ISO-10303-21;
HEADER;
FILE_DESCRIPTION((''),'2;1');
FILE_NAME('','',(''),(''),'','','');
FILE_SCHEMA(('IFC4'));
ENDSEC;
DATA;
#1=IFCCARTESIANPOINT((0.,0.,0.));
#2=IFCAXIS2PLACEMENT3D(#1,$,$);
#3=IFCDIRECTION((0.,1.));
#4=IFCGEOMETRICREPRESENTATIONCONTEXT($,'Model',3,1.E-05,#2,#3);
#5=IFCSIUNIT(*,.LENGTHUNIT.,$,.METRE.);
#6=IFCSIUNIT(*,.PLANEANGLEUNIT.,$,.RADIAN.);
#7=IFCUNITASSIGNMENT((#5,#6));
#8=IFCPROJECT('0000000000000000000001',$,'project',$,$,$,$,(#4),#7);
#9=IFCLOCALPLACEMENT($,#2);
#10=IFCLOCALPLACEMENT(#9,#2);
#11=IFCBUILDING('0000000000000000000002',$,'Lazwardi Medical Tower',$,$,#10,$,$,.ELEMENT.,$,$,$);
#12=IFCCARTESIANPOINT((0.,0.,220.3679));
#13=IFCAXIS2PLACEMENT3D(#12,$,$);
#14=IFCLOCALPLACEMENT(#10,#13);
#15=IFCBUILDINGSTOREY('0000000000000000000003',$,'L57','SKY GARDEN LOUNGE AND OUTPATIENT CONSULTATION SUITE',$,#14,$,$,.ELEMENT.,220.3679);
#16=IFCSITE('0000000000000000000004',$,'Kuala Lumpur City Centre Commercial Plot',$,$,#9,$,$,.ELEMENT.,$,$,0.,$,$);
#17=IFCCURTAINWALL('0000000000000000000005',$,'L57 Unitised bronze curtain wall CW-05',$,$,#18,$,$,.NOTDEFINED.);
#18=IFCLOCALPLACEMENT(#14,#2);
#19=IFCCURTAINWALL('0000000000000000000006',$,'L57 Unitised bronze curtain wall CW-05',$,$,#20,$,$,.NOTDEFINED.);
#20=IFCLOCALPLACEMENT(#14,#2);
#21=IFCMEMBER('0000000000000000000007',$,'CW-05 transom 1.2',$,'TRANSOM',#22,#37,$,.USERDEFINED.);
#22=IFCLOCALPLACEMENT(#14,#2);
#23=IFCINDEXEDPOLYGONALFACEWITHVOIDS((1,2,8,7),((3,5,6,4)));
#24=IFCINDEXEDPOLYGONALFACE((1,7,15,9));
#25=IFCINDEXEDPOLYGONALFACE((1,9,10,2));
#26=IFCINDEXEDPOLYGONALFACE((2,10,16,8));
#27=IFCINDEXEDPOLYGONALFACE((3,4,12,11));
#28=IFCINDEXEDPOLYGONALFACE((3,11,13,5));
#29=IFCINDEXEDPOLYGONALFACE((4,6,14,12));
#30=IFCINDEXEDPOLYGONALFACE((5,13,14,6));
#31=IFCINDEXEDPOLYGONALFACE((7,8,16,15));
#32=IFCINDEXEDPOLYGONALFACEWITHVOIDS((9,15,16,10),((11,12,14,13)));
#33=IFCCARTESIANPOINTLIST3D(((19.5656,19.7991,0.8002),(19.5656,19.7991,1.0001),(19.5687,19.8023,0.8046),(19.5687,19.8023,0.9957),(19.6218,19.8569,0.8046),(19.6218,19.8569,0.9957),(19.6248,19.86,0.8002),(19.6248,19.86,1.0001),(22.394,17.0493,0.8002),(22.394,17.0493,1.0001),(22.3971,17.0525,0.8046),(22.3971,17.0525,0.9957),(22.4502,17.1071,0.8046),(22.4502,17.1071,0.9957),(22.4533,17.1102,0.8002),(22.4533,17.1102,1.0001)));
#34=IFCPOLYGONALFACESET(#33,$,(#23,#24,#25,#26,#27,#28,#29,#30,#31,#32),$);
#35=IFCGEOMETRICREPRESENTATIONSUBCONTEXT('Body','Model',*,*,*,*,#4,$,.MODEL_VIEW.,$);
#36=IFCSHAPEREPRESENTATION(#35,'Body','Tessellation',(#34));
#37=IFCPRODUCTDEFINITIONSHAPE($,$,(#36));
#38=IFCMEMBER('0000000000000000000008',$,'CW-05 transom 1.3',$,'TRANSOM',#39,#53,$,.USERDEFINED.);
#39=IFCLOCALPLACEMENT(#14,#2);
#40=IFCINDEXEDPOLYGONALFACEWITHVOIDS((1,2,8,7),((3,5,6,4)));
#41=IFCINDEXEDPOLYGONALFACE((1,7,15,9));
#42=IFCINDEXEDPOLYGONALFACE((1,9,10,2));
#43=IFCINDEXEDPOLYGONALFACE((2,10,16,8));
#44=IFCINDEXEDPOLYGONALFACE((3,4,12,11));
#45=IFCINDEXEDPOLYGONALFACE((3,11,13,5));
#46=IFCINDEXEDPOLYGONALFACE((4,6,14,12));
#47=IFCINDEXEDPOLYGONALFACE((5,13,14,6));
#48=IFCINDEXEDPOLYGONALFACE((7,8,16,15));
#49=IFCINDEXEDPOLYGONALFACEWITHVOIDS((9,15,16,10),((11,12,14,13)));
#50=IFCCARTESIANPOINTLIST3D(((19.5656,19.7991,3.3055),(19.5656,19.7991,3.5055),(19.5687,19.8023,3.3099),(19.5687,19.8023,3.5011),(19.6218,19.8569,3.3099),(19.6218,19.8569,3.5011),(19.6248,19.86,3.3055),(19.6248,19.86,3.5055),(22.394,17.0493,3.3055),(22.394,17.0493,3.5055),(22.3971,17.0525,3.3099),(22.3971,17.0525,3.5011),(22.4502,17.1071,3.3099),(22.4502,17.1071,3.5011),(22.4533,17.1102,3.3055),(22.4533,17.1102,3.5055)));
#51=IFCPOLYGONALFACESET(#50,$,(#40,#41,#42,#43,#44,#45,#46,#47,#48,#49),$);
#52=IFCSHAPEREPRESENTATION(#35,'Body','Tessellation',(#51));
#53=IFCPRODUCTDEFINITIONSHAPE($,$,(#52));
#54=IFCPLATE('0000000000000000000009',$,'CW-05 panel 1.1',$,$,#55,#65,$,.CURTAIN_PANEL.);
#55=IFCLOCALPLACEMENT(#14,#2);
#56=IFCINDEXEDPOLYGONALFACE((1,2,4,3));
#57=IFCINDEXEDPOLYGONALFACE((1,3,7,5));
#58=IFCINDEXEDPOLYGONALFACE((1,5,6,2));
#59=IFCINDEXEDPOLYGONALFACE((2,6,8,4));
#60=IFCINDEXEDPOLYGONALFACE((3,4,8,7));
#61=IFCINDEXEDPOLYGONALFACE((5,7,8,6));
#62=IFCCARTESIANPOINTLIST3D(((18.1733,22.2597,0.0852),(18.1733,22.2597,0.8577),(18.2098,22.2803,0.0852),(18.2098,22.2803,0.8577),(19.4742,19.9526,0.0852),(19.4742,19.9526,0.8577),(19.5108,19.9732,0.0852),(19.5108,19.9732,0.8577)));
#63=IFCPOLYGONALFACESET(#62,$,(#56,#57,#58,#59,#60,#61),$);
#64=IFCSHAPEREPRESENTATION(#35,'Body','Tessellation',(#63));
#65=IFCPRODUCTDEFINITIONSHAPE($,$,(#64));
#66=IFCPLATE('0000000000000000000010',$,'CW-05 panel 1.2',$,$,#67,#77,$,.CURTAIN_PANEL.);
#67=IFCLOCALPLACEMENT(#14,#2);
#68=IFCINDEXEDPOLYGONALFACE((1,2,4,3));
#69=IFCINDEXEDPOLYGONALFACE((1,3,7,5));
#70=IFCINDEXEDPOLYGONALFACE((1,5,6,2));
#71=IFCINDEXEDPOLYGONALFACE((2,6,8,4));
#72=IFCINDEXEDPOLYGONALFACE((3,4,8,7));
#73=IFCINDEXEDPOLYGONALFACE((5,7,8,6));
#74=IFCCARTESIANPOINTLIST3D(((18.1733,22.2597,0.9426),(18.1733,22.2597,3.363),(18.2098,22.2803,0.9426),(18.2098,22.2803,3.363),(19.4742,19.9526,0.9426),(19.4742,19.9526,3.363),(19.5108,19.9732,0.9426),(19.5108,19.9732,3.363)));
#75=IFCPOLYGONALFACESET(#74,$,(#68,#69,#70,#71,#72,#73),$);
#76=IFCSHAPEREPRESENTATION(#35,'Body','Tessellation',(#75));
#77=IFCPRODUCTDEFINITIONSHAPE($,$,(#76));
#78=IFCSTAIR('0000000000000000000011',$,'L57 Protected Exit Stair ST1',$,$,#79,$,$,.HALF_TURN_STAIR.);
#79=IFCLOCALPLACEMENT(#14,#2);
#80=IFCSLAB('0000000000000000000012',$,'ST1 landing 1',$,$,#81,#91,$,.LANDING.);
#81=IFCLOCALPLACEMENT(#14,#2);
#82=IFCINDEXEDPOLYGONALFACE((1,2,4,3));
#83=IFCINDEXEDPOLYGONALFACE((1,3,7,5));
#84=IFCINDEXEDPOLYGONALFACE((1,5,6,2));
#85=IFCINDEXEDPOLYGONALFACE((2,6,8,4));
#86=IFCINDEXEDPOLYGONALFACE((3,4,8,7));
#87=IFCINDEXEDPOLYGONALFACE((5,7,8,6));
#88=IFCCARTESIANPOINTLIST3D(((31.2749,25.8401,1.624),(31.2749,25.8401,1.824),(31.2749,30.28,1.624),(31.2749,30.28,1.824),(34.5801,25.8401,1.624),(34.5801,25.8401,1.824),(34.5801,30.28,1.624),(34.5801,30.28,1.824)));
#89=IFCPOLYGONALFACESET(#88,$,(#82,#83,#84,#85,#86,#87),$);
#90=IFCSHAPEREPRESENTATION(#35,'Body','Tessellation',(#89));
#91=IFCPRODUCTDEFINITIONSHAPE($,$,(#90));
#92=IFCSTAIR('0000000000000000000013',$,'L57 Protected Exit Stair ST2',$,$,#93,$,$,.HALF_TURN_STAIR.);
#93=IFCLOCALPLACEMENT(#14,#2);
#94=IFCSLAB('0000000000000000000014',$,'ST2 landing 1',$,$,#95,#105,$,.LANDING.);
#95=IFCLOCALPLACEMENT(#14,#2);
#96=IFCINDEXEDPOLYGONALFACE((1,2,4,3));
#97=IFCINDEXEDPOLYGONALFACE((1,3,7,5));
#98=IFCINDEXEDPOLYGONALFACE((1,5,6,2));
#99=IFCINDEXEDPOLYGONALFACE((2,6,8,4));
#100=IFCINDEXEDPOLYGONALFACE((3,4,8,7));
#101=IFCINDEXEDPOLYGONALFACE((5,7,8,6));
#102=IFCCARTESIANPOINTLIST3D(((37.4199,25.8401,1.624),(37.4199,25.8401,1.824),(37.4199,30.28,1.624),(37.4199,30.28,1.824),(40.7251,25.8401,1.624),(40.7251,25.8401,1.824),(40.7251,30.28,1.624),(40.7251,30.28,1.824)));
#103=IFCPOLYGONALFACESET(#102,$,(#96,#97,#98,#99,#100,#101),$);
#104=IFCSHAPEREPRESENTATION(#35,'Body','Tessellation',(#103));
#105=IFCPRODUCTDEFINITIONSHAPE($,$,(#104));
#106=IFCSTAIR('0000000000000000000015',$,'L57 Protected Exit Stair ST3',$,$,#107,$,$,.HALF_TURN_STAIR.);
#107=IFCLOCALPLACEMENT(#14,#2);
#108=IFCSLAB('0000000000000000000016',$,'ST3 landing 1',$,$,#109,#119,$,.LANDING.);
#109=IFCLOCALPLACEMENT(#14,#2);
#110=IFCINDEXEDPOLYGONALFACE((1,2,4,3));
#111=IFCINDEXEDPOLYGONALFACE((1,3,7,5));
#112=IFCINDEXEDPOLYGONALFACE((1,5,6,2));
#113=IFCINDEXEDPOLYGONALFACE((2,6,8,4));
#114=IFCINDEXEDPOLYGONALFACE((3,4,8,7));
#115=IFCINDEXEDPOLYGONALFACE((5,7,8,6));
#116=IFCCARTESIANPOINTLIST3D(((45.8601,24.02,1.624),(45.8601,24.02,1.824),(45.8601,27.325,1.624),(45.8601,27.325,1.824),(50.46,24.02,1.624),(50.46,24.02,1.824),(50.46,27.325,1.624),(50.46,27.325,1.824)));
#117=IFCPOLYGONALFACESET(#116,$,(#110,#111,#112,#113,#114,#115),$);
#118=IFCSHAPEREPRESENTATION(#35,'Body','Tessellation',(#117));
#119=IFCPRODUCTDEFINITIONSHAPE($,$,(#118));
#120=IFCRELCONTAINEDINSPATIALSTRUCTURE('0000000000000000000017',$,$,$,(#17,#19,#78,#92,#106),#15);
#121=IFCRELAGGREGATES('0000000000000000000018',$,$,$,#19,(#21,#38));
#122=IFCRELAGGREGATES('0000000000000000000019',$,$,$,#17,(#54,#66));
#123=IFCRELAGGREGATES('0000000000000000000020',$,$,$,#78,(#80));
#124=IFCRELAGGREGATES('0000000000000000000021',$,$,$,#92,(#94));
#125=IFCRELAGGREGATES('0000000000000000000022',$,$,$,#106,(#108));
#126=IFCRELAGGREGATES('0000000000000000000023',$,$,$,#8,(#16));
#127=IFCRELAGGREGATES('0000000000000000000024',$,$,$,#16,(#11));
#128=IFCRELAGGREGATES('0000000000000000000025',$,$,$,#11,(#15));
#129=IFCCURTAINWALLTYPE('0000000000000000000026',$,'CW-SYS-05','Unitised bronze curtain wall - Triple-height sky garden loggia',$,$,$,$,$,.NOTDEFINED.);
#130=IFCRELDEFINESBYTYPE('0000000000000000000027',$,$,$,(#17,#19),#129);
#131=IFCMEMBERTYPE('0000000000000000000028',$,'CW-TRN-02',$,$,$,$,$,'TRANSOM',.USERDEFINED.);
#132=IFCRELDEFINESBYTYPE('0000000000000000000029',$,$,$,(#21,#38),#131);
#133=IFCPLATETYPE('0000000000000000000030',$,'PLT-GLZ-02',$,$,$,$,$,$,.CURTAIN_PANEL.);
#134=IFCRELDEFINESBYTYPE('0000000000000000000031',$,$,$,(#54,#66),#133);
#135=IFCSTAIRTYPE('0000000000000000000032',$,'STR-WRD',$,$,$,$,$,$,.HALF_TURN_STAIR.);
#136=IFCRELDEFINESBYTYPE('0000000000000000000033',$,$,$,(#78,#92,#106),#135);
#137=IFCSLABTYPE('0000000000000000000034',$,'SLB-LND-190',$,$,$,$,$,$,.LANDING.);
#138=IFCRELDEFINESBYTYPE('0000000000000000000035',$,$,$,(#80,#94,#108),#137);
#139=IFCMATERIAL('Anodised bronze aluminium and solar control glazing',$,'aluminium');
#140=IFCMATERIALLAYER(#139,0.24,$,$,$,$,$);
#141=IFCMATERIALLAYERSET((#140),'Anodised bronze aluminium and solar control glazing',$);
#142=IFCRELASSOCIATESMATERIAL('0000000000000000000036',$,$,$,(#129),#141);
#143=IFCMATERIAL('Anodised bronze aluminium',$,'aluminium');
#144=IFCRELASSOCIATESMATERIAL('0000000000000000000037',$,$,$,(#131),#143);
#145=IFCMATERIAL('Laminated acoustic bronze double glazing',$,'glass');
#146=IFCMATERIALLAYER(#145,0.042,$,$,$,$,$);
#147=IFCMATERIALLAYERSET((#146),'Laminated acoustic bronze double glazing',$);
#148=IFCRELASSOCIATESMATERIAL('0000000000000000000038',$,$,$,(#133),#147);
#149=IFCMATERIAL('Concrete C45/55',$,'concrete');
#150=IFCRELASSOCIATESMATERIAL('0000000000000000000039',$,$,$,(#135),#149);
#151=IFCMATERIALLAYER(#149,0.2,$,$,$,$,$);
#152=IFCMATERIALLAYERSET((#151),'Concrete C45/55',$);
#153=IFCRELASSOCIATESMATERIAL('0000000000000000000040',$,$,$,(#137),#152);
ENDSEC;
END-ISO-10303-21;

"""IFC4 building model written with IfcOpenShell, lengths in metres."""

from ifc_helpers import new_model, si_unit, direction, frame, origin, origin_2d, place, context, subcontext, project, spatial, polyline, rectangle, hollow_rectangle, outline, extrude, material, layer, layer_set, material_profile, profile_set, type_object, element, aggregate, save


model = new_model("IFC4")

# Units and contexts
model_context = context("Model", 3, precision=1e-05, world=origin(), true_north=direction((0.0, 1.0)))
body_context = subcontext(model_context, "Body", "Model", "MODEL_VIEW")
ifc_project = project(units=[si_unit("LENGTHUNIT", "METRE"), si_unit("PLANEANGLEUNIT", "RADIAN")], contexts=[model_context])

# Site, building, storey
site_placement = place(None, origin())
site = spatial("IfcSite", under=ifc_project, at=site_placement, Name="Kuala Lumpur City Centre Commercial Plot", CompositionType="ELEMENT", RefElevation=0.0)
building_placement = place(site_placement, origin())
building = spatial("IfcBuilding", under=site, at=building_placement, Name="Lazwardi Medical Tower", CompositionType="ELEMENT")
storey_placement = place(building_placement, frame((0.0, 0.0, 220.3679)))
storey = spatial("IfcBuildingStorey", under=building, at=storey_placement, Name="L57", Description="SKY GARDEN LOUNGE AND OUTPATIENT CONSULTATION SUITE", CompositionType="ELEMENT", Elevation=220.3679)

# Curtain wall
ifc_material_1 = material(Name="Anodised bronze aluminium and solar control glazing", Category="aluminium")
ifc_layer_1 = layer(ifc_material_1, 0.24)
ifc_layer_set_1 = layer_set([ifc_layer_1], Name="Anodised bronze aluminium and solar control glazing")
curtain_wall_type = type_object("IfcCurtainWallType", Name="CW-SYS-05", Description="Unitised bronze curtain wall - Triple-height sky garden loggia", PredefinedType="NOTDEFINED", material=ifc_layer_set_1)
curtain_wall_1_placement = place(storey_placement, origin())
curtain_wall_1 = element("IfcCurtainWall", 1, at=curtain_wall_1_placement, inside=storey, type_object=curtain_wall_type, Name="L57 Unitised bronze curtain wall CW-05", PredefinedType="NOTDEFINED")
ifc_material_2 = material(Name="Anodised bronze aluminium", Category="aluminium")

# Curtain wall
curtain_wall_2_placement = place(storey_placement, origin())
curtain_wall_2 = element("IfcCurtainWall", 2, at=curtain_wall_2_placement, inside=storey, type_object=curtain_wall_type, Name="L57 Unitised bronze curtain wall CW-05", PredefinedType="NOTDEFINED")

# Members
ifc_material_profile_1 = material_profile(ifc_material_2, hollow_rectangle(XDim=0.085, YDim=0.2, WallThickness=0.0044, at=origin_2d()), Name="ALU-TRANSOM 200x85x4.5")
ifc_profile_set_1 = profile_set([ifc_material_profile_1], Name="Anodised bronze aluminium")
member_type_1 = type_object("IfcMemberType", Name="CW-TRN-02", ElementType="TRANSOM", PredefinedType="USERDEFINED", material=ifc_profile_set_1)
member_1_placement = place(storey_placement, frame((19.5952, 19.8296, 0.9001), z_axis=(0.717001, -0.697072, 0.0), x_axis=(0.697072, 0.717001, 0.0)))
member_1 = element("IfcMember", 3, at=member_1_placement, type_object=member_type_1, Name="CW-05 transom 1.2", ObjectType="TRANSOM", PredefinedType="USERDEFINED", context=body_context, shape_type="SweptSolid", body=[
    extrude(hollow_rectangle(XDim=0.085, YDim=0.2, WallThickness=0.0044, at=origin_2d()), origin(), (0.0, 0.0, 1.0), 3.9448),
])
member_2_placement = place(storey_placement, frame((19.5952, 19.8296, 3.4055), z_axis=(0.717001, -0.697072, 0.0), x_axis=(0.697072, 0.717001, 0.0)))
member_2 = element("IfcMember", 4, at=member_2_placement, type_object=member_type_1, Name="CW-05 transom 1.3", ObjectType="TRANSOM", PredefinedType="USERDEFINED", context=body_context, shape_type="SweptSolid", body=[
    extrude(hollow_rectangle(XDim=0.085, YDim=0.2, WallThickness=0.0044, at=origin_2d()), origin(), (0.0, 0.0, 1.0), 3.9448),
])
aggregate(curtain_wall_2, [member_1, member_2])

# Plates
ifc_material_3 = material(Name="Laminated acoustic bronze double glazing", Category="glass")
ifc_layer_2 = layer(ifc_material_3, 0.042)
ifc_layer_set_2 = layer_set([ifc_layer_2], Name="Laminated acoustic bronze double glazing")
plate_type = type_object("IfcPlateType", Name="PLT-GLZ-02", PredefinedType="CURTAIN_PANEL", material=ifc_layer_set_2)
plate_1_placement = place(storey_placement, frame((18.842, 21.1165, 0.0852), z_axis=(0.0, 0.0, 1.0), x_axis=(0.491176, -0.871061, 0.0)))
plate_1 = element("IfcPlate", 5, at=plate_1_placement, type_object=plate_type, Name="CW-05 panel 1.1", PredefinedType="CURTAIN_PANEL", context=body_context, shape_type="SweptSolid", body=[
    extrude(rectangle(XDim=2.6487, YDim=0.042, at=origin_2d()), origin(), (0.0, 0.0, 1.0), 0.7725),
])
plate_2_placement = place(storey_placement, frame((18.842, 21.1165, 0.9426), z_axis=(0.0, 0.0, 1.0), x_axis=(0.491176, -0.871061, 0.0)))
plate_2 = element("IfcPlate", 6, at=plate_2_placement, type_object=plate_type, Name="CW-05 panel 1.2", PredefinedType="CURTAIN_PANEL", context=body_context, shape_type="SweptSolid", body=[
    extrude(rectangle(XDim=2.6487, YDim=0.042, at=origin_2d()), origin(), (0.0, 0.0, 1.0), 2.4204),
])
aggregate(curtain_wall_1, [plate_1, plate_2])

# Stairs, slabs
ifc_material_4 = material(Name="Concrete C45/55", Category="concrete")
stair_type = type_object("IfcStairType", Name="STR-WRD", PredefinedType="HALF_TURN_STAIR", material=ifc_material_4)
stair_1_placement = place(storey_placement, origin())
stair_1 = element("IfcStair", 7, at=stair_1_placement, inside=storey, type_object=stair_type, Name="L57 Protected Exit Stair ST1", PredefinedType="HALF_TURN_STAIR")
ifc_layer_3 = layer(ifc_material_4, 0.2)
ifc_layer_set_3 = layer_set([ifc_layer_3], Name="Concrete C45/55")
slab_type_1 = type_object("IfcSlabType", Name="SLB-LND-190", PredefinedType="LANDING", material=ifc_layer_set_3)
slab_1_placement = place(storey_placement, frame((0.0, 0.0, 1.624)))
slab_1 = element("IfcSlab", 8, at=slab_1_placement, type_object=slab_type_1, Name="ST1 landing 1", PredefinedType="LANDING", context=body_context, shape_type="SweptSolid", body=[
    extrude(outline(polyline([(31.2749, 25.8401), (34.5801, 25.8401), (34.5801, 30.28), (31.2749, 30.28), (31.2749, 25.8401)])), origin(), (0.0, 0.0, 1.0), 0.2),
])
aggregate(stair_1, [slab_1])
stair_2_placement = place(storey_placement, origin())
stair_2 = element("IfcStair", 9, at=stair_2_placement, inside=storey, type_object=stair_type, Name="L57 Protected Exit Stair ST2", PredefinedType="HALF_TURN_STAIR")
slab_2_placement = place(storey_placement, frame((0.0, 0.0, 1.624)))
slab_2 = element("IfcSlab", 10, at=slab_2_placement, type_object=slab_type_1, Name="ST2 landing 1", PredefinedType="LANDING", context=body_context, shape_type="SweptSolid", body=[
    extrude(outline(polyline([(40.7251, 30.28), (37.4199, 30.28), (37.4199, 25.8401), (40.7251, 25.8401), (40.7251, 30.28)])), origin(), (0.0, 0.0, 1.0), 0.2),
])
aggregate(stair_2, [slab_2])
stair_3_placement = place(storey_placement, origin())
stair_3 = element("IfcStair", 11, at=stair_3_placement, inside=storey, type_object=stair_type, Name="L57 Protected Exit Stair ST3", PredefinedType="HALF_TURN_STAIR")
slab_3_placement = place(storey_placement, frame((0.0, 0.0, 1.624)))
slab_3 = element("IfcSlab", 12, at=slab_3_placement, type_object=slab_type_1, Name="ST3 landing 1", PredefinedType="LANDING", context=body_context, shape_type="SweptSolid", body=[
    extrude(outline(polyline([(45.8601, 27.325), (45.8601, 24.02), (50.46, 24.02), (50.46, 27.325), (45.8601, 27.325)])), origin(), (0.0, 0.0, 1.0), 0.2),
])
aggregate(stair_3, [slab_3])

save(model, "model.ifc")
